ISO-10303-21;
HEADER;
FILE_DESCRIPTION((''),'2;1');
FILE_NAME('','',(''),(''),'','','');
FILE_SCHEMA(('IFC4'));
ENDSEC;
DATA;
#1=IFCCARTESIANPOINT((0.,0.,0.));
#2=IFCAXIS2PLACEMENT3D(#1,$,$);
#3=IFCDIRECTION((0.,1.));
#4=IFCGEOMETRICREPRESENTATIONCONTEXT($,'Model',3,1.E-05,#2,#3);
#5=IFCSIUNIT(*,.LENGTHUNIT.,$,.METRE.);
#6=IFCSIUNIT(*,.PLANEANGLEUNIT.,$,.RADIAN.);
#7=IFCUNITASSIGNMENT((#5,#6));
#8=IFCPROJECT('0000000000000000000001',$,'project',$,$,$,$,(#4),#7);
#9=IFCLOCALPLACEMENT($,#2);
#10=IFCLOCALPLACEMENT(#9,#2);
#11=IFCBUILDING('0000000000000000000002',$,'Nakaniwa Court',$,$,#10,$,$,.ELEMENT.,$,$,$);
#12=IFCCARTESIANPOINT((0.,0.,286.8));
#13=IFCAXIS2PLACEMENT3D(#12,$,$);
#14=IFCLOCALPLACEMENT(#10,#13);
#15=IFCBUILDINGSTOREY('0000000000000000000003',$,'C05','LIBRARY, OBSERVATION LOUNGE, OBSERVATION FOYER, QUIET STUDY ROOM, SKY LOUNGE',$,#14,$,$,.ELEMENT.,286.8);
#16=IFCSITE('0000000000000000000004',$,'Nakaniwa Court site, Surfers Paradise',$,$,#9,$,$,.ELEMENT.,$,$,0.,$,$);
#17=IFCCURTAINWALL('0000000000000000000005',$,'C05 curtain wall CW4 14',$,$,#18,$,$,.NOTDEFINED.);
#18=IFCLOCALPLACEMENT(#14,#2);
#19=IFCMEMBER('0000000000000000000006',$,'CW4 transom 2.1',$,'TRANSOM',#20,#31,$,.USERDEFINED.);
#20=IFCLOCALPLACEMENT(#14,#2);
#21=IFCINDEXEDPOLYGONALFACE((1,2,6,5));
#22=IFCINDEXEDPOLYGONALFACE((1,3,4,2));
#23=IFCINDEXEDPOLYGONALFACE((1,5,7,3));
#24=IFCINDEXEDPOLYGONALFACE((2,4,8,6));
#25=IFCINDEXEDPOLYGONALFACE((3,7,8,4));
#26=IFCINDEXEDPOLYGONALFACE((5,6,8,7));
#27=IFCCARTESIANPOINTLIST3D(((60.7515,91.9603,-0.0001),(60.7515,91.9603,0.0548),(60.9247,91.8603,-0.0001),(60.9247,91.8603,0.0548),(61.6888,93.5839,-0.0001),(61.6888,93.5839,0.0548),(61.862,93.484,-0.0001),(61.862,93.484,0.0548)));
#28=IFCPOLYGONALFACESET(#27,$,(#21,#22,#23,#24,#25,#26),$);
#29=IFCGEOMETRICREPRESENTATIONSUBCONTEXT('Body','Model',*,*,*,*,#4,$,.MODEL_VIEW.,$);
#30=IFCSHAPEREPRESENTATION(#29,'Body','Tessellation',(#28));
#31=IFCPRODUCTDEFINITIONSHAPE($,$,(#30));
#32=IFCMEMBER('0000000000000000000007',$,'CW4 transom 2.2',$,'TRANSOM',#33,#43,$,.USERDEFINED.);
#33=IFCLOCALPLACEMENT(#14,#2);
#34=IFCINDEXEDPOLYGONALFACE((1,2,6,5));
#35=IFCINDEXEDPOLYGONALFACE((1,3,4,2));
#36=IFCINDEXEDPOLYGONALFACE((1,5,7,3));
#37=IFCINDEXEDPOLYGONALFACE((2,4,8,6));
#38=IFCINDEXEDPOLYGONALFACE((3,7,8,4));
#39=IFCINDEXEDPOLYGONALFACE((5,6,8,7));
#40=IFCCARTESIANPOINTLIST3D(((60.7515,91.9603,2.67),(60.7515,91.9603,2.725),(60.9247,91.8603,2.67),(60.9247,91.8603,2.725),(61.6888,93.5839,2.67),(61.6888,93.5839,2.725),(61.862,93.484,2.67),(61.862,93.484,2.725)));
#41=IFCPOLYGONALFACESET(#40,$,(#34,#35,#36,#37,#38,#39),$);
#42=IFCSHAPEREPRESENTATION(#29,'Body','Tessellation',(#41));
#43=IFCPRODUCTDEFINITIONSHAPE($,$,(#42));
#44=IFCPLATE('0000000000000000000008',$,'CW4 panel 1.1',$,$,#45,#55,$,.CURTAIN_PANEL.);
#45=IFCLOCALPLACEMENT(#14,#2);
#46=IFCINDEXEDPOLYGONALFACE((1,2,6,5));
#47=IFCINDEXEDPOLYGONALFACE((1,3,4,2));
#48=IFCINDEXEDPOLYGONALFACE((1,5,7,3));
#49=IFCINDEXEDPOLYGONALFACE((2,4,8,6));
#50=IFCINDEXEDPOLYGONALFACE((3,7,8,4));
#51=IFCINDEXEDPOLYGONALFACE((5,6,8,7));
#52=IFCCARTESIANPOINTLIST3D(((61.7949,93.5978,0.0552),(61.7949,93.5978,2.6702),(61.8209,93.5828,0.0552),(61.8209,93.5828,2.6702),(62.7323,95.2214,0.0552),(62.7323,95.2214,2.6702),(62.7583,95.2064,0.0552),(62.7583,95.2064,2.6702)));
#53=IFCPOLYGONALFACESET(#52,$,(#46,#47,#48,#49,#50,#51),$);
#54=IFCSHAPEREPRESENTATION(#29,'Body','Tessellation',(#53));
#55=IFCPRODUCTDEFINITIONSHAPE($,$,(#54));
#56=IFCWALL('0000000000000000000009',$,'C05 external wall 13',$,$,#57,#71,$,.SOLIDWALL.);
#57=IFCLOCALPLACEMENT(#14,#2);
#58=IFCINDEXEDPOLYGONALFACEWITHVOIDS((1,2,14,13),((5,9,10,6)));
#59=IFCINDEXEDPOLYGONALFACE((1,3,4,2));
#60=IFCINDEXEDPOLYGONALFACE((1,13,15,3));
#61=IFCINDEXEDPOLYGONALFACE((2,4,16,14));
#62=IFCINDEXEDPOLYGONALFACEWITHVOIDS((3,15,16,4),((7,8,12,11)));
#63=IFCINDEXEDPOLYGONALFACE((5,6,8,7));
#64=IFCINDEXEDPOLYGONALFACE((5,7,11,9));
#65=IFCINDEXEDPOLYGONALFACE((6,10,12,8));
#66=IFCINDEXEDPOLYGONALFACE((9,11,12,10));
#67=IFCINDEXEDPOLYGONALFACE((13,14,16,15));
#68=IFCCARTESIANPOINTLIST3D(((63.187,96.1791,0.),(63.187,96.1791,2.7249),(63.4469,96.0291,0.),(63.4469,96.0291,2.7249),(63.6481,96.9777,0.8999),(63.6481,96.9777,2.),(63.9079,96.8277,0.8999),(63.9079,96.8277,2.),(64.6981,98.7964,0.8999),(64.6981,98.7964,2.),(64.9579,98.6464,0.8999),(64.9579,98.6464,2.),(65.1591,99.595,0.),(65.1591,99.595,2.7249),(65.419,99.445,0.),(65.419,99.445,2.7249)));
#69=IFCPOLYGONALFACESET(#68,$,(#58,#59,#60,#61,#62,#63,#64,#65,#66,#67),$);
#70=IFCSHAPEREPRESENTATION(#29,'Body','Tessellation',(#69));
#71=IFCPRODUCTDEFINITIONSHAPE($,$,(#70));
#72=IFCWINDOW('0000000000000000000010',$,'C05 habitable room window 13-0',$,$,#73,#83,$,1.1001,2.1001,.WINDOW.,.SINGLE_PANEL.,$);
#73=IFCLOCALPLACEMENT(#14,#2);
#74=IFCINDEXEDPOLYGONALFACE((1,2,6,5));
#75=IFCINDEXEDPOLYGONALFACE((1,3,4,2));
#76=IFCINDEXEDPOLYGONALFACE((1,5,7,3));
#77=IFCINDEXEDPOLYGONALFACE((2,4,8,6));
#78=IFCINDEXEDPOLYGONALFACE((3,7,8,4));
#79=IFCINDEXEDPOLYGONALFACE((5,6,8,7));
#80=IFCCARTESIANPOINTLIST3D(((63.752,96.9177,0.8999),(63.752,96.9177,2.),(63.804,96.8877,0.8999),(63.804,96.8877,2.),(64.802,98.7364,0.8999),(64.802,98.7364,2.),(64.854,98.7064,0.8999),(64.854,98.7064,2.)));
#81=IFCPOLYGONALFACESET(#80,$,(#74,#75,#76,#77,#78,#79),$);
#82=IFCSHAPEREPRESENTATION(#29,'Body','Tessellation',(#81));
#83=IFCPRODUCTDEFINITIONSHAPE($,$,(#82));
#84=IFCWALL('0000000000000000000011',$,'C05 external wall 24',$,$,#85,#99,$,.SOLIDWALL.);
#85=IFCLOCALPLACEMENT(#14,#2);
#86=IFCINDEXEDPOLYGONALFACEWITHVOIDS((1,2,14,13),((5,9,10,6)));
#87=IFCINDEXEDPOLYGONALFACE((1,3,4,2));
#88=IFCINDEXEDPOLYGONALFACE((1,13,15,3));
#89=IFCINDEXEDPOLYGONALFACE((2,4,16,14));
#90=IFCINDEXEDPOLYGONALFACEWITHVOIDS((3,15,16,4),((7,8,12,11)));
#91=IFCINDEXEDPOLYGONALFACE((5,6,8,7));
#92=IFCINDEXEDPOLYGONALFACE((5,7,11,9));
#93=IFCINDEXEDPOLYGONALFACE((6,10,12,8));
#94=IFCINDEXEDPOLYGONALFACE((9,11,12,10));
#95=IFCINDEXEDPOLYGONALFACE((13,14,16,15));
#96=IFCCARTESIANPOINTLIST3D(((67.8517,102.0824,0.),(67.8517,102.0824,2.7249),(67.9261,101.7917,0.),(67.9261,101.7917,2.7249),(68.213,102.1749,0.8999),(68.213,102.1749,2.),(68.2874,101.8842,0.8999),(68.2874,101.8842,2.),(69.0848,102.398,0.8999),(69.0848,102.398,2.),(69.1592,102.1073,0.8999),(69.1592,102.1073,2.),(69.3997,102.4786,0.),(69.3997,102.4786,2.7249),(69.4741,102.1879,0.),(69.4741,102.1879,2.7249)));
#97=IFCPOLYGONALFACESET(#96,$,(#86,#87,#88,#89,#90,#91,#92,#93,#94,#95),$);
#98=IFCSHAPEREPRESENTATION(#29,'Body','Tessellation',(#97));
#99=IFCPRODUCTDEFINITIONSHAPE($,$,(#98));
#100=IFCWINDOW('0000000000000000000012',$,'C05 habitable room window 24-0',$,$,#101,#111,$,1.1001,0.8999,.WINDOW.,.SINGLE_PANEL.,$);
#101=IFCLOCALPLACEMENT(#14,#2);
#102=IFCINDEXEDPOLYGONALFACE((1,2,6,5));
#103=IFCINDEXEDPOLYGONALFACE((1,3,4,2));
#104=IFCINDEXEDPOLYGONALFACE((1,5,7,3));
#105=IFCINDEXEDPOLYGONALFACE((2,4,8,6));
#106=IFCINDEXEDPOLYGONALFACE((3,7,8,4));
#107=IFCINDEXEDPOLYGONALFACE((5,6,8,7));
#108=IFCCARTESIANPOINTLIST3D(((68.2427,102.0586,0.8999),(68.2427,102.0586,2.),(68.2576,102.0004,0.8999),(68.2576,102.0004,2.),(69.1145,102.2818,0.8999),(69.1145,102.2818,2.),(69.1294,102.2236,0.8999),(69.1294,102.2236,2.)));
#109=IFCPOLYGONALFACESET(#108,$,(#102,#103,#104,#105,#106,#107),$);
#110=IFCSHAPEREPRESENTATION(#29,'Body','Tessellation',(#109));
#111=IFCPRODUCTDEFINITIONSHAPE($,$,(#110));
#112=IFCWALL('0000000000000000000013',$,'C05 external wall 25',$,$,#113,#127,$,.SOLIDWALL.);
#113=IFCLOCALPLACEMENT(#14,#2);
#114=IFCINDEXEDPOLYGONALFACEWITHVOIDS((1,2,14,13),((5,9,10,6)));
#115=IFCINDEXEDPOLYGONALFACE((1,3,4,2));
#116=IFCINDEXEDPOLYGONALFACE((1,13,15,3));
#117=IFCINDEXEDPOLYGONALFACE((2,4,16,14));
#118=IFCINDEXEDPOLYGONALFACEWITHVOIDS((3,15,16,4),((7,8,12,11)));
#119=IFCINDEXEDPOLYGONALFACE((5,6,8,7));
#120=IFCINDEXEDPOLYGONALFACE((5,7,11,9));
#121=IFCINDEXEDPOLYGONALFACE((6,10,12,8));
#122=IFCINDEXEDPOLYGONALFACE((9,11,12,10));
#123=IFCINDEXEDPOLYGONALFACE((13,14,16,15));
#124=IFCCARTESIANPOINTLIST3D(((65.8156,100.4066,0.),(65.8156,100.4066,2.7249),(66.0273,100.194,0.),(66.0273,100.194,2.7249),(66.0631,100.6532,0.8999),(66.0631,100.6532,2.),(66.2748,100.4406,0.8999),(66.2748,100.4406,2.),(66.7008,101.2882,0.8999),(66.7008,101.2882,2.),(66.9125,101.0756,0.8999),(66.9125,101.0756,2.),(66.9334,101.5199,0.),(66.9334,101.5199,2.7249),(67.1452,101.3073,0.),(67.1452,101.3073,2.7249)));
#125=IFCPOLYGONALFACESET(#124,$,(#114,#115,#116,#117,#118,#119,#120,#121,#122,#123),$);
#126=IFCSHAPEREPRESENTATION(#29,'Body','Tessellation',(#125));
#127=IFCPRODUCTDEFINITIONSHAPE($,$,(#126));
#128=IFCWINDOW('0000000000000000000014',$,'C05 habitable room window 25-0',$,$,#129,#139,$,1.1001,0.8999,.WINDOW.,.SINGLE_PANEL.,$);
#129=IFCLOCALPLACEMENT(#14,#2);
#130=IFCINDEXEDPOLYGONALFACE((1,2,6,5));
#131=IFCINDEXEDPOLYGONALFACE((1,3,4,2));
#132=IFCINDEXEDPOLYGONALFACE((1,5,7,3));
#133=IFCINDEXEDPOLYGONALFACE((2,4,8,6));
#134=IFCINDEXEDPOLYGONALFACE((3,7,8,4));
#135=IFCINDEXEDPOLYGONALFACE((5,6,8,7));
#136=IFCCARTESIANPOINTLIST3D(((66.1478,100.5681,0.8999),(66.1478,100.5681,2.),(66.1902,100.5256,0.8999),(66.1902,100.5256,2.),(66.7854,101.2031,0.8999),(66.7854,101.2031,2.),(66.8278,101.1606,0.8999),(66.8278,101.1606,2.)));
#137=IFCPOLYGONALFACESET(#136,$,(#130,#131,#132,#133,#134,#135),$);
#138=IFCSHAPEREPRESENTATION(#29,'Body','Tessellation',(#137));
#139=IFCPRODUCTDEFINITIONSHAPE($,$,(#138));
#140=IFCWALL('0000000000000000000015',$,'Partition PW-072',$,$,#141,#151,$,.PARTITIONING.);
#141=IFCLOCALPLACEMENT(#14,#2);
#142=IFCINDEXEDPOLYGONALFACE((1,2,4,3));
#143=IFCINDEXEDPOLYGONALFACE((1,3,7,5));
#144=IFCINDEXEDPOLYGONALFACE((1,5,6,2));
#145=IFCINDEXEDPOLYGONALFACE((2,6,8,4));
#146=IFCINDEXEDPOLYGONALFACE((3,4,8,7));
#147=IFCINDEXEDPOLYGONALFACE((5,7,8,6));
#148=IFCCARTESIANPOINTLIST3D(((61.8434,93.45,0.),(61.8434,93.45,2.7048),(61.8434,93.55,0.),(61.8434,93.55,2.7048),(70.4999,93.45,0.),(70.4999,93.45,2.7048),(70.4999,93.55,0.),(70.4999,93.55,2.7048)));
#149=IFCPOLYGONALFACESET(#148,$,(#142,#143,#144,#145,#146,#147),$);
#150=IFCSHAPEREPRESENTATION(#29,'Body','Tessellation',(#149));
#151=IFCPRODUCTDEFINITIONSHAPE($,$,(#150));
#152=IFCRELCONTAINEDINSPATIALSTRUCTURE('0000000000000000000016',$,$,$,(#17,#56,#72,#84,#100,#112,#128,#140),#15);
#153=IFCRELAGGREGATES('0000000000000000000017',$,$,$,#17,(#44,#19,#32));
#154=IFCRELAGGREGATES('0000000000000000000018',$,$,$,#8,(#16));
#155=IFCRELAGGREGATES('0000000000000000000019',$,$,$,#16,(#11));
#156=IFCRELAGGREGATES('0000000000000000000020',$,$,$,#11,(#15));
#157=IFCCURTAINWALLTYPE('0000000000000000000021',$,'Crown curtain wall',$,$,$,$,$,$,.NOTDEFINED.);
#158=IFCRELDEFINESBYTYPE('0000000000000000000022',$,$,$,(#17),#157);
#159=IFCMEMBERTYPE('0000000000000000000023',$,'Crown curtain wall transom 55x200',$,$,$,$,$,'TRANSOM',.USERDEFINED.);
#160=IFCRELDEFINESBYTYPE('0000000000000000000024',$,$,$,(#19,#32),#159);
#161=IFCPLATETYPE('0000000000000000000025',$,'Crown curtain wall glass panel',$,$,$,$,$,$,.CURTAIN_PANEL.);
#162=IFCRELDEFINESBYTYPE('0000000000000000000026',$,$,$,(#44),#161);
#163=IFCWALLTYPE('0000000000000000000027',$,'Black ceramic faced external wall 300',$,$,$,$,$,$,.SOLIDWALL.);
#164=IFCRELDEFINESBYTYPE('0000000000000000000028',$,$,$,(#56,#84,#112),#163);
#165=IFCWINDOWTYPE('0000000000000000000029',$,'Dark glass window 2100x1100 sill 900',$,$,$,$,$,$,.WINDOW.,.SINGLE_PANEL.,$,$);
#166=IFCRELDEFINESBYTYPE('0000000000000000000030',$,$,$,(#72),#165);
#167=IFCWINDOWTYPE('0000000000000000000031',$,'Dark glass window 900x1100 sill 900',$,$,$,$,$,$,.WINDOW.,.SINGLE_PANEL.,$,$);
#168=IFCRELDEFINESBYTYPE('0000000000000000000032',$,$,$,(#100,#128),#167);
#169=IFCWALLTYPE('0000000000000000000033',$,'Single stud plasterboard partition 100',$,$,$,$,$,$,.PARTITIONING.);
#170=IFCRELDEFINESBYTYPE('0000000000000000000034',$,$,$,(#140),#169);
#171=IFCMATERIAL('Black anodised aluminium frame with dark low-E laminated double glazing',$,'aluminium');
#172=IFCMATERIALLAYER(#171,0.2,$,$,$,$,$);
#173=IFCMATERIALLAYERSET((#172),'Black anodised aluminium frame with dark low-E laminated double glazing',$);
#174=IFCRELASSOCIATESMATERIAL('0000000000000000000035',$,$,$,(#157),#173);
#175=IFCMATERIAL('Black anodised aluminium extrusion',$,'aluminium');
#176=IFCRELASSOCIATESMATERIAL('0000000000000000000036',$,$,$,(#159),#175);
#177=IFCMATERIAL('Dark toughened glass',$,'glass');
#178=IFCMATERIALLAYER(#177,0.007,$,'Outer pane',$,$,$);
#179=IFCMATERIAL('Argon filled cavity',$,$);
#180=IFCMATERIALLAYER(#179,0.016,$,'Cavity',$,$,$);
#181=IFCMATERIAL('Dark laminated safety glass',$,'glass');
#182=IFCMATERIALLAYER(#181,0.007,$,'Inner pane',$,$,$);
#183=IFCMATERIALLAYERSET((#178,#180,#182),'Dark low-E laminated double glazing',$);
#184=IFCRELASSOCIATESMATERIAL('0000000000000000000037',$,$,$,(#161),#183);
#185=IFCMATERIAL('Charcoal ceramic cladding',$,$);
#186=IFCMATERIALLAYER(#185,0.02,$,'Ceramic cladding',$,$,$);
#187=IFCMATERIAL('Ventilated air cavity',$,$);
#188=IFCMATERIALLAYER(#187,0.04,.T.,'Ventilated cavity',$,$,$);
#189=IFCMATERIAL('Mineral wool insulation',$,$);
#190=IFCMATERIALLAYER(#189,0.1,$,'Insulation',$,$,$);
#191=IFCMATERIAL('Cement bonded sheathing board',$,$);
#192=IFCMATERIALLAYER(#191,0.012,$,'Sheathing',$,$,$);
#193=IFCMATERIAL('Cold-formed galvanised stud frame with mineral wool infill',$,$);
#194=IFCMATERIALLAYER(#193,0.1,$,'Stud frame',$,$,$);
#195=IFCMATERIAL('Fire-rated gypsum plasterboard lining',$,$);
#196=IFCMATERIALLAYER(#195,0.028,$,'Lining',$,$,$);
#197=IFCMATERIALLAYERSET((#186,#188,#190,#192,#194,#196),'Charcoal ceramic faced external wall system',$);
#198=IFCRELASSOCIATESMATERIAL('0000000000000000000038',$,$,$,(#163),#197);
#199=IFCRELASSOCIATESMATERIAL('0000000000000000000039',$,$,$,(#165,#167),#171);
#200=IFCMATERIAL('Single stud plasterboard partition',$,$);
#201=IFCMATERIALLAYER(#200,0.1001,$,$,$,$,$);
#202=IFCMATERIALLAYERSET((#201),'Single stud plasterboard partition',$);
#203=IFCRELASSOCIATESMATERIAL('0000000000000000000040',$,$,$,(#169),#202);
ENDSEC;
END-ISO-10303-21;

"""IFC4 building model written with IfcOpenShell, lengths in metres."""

from ifc_helpers import new_model, si_unit, direction, frame, frame_2d, origin, origin_2d, place, context, subcontext, project, spatial, rectangle, extrude, material, layer, layer_set, material_profile, profile_set, type_object, element, fill, aggregate, save


model = new_model("IFC4")

# Units and contexts
model_context = context("Model", 3, precision=1e-05, world=origin(), true_north=direction((0.0, 1.0)))
body_context = subcontext(model_context, "Body", "Model", "MODEL_VIEW")
ifc_project = project(units=[si_unit("LENGTHUNIT", "METRE"), si_unit("PLANEANGLEUNIT", "RADIAN")], contexts=[model_context])

# Site, building, storey
site_placement = place(None, origin())
site = spatial("IfcSite", under=ifc_project, at=site_placement, Name="Nakaniwa Court site, Surfers Paradise", CompositionType="ELEMENT", RefElevation=0.0)
building_placement = place(site_placement, origin())
building = spatial("IfcBuilding", under=site, at=building_placement, Name="Nakaniwa Court", CompositionType="ELEMENT")
storey_placement = place(building_placement, frame((0.0, 0.0, 286.8)))
storey = spatial("IfcBuildingStorey", under=building, at=storey_placement, Name="C05", Description="LIBRARY, OBSERVATION LOUNGE, OBSERVATION FOYER, QUIET STUDY ROOM, SKY LOUNGE", CompositionType="ELEMENT", Elevation=286.8)

# Curtain wall, members, plate
ifc_material_1 = material(Name="Black anodised aluminium frame with dark low-E laminated double glazing", Category="aluminium")
ifc_layer_1 = layer(ifc_material_1, 0.2)
ifc_layer_set_1 = layer_set([ifc_layer_1], Name="Black anodised aluminium frame with dark low-E laminated double glazing")
curtain_wall_type = type_object("IfcCurtainWallType", Name="Crown curtain wall", PredefinedType="NOTDEFINED", material=ifc_layer_set_1)
curtain_wall_placement = place(storey_placement, origin())
curtain_wall = element("IfcCurtainWall", 1, at=curtain_wall_placement, inside=storey, type_object=curtain_wall_type, Name="C05 curtain wall CW4 14", PredefinedType="NOTDEFINED")
ifc_material_2 = material(Name="Black anodised aluminium extrusion", Category="aluminium")
ifc_material_profile_1 = material_profile(ifc_material_2, rectangle(XDim=0.2, YDim=0.0549, at=origin_2d()), Name="Crown curtain wall transom 55x200")
ifc_profile_set_1 = profile_set([ifc_material_profile_1], Name="Black anodised aluminium extrusion")
member_type_1 = type_object("IfcMemberType", Name="Crown curtain wall transom 55x200", ElementType="TRANSOM", PredefinedType="USERDEFINED", material=ifc_profile_set_1)
member_1_placement = place(storey_placement, frame((61.7754, 93.5339, 0.0273), z_axis=(-0.499963, -0.866047, 0.0), x_axis=(0.866047, -0.499963, 0.0)))
member_1 = element("IfcMember", 2, at=member_1_placement, type_object=member_type_1, Name="CW4 transom 2.1", ObjectType="TRANSOM", PredefinedType="USERDEFINED", context=body_context, shape_type="SweptSolid", body=[
    extrude(rectangle(XDim=0.2, YDim=0.0549, at=origin_2d()), origin(), (0.0, 0.0, 1.0), 1.8748),
])
member_2_placement = place(storey_placement, frame((61.7754, 93.5339, 2.6975), z_axis=(-0.499963, -0.866047, 0.0), x_axis=(0.866047, -0.499963, 0.0)))
member_2 = element("IfcMember", 3, at=member_2_placement, type_object=member_type_1, Name="CW4 transom 2.2", ObjectType="TRANSOM", PredefinedType="USERDEFINED", context=body_context, shape_type="SweptSolid", body=[
    extrude(rectangle(XDim=0.2, YDim=0.0549, at=origin_2d()), origin(), (0.0, 0.0, 1.0), 1.8748),
])
ifc_material_3 = material(Name="Dark toughened glass", Category="glass")
ifc_layer_2 = layer(ifc_material_3, 0.007, Name="Outer pane")
ifc_material_4 = material(Name="Argon filled cavity")
ifc_layer_3 = layer(ifc_material_4, 0.016, Name="Cavity")
ifc_material_5 = material(Name="Dark laminated safety glass", Category="glass")
ifc_layer_4 = layer(ifc_material_5, 0.007, Name="Inner pane")
ifc_layer_set_2 = layer_set([ifc_layer_2, ifc_layer_3, ifc_layer_4], Name="Dark low-E laminated double glazing")
plate_type = type_object("IfcPlateType", Name="Crown curtain wall glass panel", PredefinedType="CURTAIN_PANEL", material=ifc_layer_set_2)
plate_placement = place(storey_placement, frame((62.2766, 94.4021, 0.0552), z_axis=(0.0, 0.0, 1.0), x_axis=(-0.499987, -0.866033, 0.0)))
plate = element("IfcPlate", 4, at=plate_placement, type_object=plate_type, Name="CW4 panel 1.1", PredefinedType="CURTAIN_PANEL", context=body_context, shape_type="SweptSolid", body=[
    extrude(rectangle(XDim=1.8748, YDim=0.03, at=origin_2d()), origin(), (0.0, 0.0, 1.0), 2.615),
])
aggregate(curtain_wall, [plate, member_1, member_2])

# Walls, openings, windows
ifc_material_6 = material(Name="Charcoal ceramic cladding")
ifc_layer_5 = layer(ifc_material_6, 0.02, Name="Ceramic cladding")
ifc_material_7 = material(Name="Ventilated air cavity")
ifc_layer_6 = layer(ifc_material_7, 0.04, ventilated=True, Name="Ventilated cavity")
ifc_material_8 = material(Name="Mineral wool insulation")
ifc_layer_7 = layer(ifc_material_8, 0.1, Name="Insulation")
ifc_material_9 = material(Name="Cement bonded sheathing board")
ifc_layer_8 = layer(ifc_material_9, 0.012, Name="Sheathing")
ifc_material_10 = material(Name="Cold-formed galvanised stud frame with mineral wool infill")
ifc_layer_9 = layer(ifc_material_10, 0.1, Name="Stud frame")
ifc_material_11 = material(Name="Fire-rated gypsum plasterboard lining")
ifc_layer_10 = layer(ifc_material_11, 0.028, Name="Lining")
ifc_layer_set_3 = layer_set([ifc_layer_5, ifc_layer_6, ifc_layer_7, ifc_layer_8, ifc_layer_9, ifc_layer_10], Name="Charcoal ceramic faced external wall system")
wall_type_1 = type_object("IfcWallType", Name="Black ceramic faced external wall 300", PredefinedType="SOLIDWALL", material=ifc_layer_set_3)
wall_1_placement = place(storey_placement, frame((65.2891, 99.52, 0.0), z_axis=(0.0, 0.0, 1.0), x_axis=(-0.499987, -0.866033, 0.0)))
wall_1 = element("IfcWall", 5, at=wall_1_placement, inside=storey, type_object=wall_type_1, Name="C05 external wall 13", PredefinedType="SOLIDWALL", context=body_context, shape_type="SweptSolid", body=[
    extrude(rectangle(XDim=3.9443, YDim=0.3, at=frame_2d((1.9722, 0.0))), origin(), (0.0, 0.0, 1.0), 2.7249),
])
opening_1_placement = place(wall_1_placement, frame((0.9221, 0.0, 0.8999)))
opening_1 = element("IfcOpeningElement", 6, at=opening_1_placement, cuts=wall_1, PredefinedType="OPENING", context=body_context, shape_type="SweptSolid", body=[
    extrude(rectangle(XDim=2.1001, YDim=1.1001, at=frame_2d((1.05, 0.55))), frame((0.0, 0.1599, 0.0), z_axis=(0.0, -1.0, 0.0), x_axis=(1.0, 0.0, 0.0)), (0.0, 0.0, 1.0), 0.3201),
])
window_type_1 = type_object("IfcWindowType", Name="Dark glass window 2100x1100 sill 900", PartitioningType="SINGLE_PANEL", PredefinedType="WINDOW", material=ifc_material_1)
window_1_placement = place(opening_1_placement, origin())
window_1 = element("IfcWindow", 7, at=window_1_placement, inside=storey, type_object=window_type_1, Name="C05 habitable room window 13-0", OverallHeight=1.1001, OverallWidth=2.1001, PartitioningType="SINGLE_PANEL", PredefinedType="WINDOW", context=body_context, shape_type="SweptSolid", body=[
    extrude(rectangle(XDim=2.1001, YDim=1.1001, at=frame_2d((1.05, 0.55))), frame((0.0, 0.03, 0.0), z_axis=(0.0, -1.0, 0.0), x_axis=(1.0, 0.0, 0.0)), (0.0, 0.0, 1.0), 0.0601),
])
fill(opening_1, window_1)
wall_2_placement = place(storey_placement, frame((69.4368, 102.3333, 0.0), z_axis=(0.0, 0.0, 1.0), x_axis=(-0.96877, -0.24796, 0.0)))
wall_2 = element("IfcWall", 8, at=wall_2_placement, inside=storey, type_object=wall_type_1, Name="C05 external wall 24", PredefinedType="SOLIDWALL", context=body_context, shape_type="SweptSolid", body=[
    extrude(rectangle(XDim=1.5979, YDim=0.3, at=frame_2d((0.7988, 0.0))), origin(), (0.0, 0.0, 1.0), 2.7249),
])
opening_2_placement = place(wall_2_placement, frame((0.325, 0.0, 0.8999)))
opening_2 = element("IfcOpeningElement", 9, at=opening_2_placement, cuts=wall_2, PredefinedType="OPENING", context=body_context, shape_type="SweptSolid", body=[
    extrude(rectangle(XDim=0.8999, YDim=1.1001, at=frame_2d((0.45, 0.55))), frame((0.0, 0.1599, 0.0), z_axis=(0.0, -1.0, 0.0), x_axis=(1.0, 0.0, 0.0)), (0.0, 0.0, 1.0), 0.3201),
])
window_type_2 = type_object("IfcWindowType", Name="Dark glass window 900x1100 sill 900", PartitioningType="SINGLE_PANEL", PredefinedType="WINDOW", material=ifc_material_1)
window_2_placement = place(opening_2_placement, origin())
window_2 = element("IfcWindow", 10, at=window_2_placement, inside=storey, type_object=window_type_2, Name="C05 habitable room window 24-0", OverallHeight=1.1001, OverallWidth=0.8999, PartitioningType="SINGLE_PANEL", PredefinedType="WINDOW", context=body_context, shape_type="SweptSolid", body=[
    extrude(rectangle(XDim=0.8999, YDim=1.1001, at=frame_2d((0.45, 0.55))), frame((0.0, 0.03, 0.0), z_axis=(0.0, -1.0, 0.0), x_axis=(1.0, 0.0, 0.0)), (0.0, 0.0, 1.0), 0.0601),
])
fill(opening_2, window_2)
wall_3_placement = place(storey_placement, frame((67.0393, 101.4136, 0.0), z_axis=(0.0, 0.0, 1.0), x_axis=(-0.708575, -0.705635, 0.0)))
wall_3 = element("IfcWall", 11, at=wall_3_placement, inside=storey, type_object=wall_type_1, Name="C05 external wall 25", PredefinedType="SOLIDWALL", context=body_context, shape_type="SweptSolid", body=[
    extrude(rectangle(XDim=1.5776, YDim=0.3, at=frame_2d((0.7888, 0.0))), origin(), (0.0, 0.0, 1.0), 2.7249),
])
opening_3_placement = place(wall_3_placement, frame((0.3284, 0.0, 0.8999)))
opening_3 = element("IfcOpeningElement", 12, at=opening_3_placement, cuts=wall_3, PredefinedType="OPENING", context=body_context, shape_type="SweptSolid", body=[
    extrude(rectangle(XDim=0.8999, YDim=1.1001, at=frame_2d((0.45, 0.55))), frame((0.0, 0.1599, 0.0), z_axis=(0.0, -1.0, 0.0), x_axis=(1.0, 0.0, 0.0)), (0.0, 0.0, 1.0), 0.3201),
])
window_3_placement = place(opening_3_placement, origin())
window_3 = element("IfcWindow", 13, at=window_3_placement, inside=storey, type_object=window_type_2, Name="C05 habitable room window 25-0", OverallHeight=1.1001, OverallWidth=0.8999, PartitioningType="SINGLE_PANEL", PredefinedType="WINDOW", context=body_context, shape_type="SweptSolid", body=[
    extrude(rectangle(XDim=0.8999, YDim=1.1001, at=frame_2d((0.45, 0.55))), frame((0.0, 0.03, 0.0), z_axis=(0.0, -1.0, 0.0), x_axis=(1.0, 0.0, 0.0)), (0.0, 0.0, 1.0), 0.0601),
])
fill(opening_3, window_3)

# Wall
ifc_material_12 = material(Name="Single stud plasterboard partition")
ifc_layer_11 = layer(ifc_material_12, 0.1001)
ifc_layer_set_4 = layer_set([ifc_layer_11], Name="Single stud plasterboard partition")
wall_type_2 = type_object("IfcWallType", Name="Single stud plasterboard partition 100", PredefinedType="PARTITIONING", material=ifc_layer_set_4)
wall_4_placement = place(storey_placement, frame((61.8435, 93.5, 0.0), z_axis=(0.0, 0.0, 1.0), x_axis=(1.0, 0.0, 0.0)))
element("IfcWall", 14, at=wall_4_placement, inside=storey, type_object=wall_type_2, Name="Partition PW-072", PredefinedType="PARTITIONING", context=body_context, shape_type="SweptSolid", body=[
    extrude(rectangle(XDim=8.6565, YDim=0.1001, at=frame_2d((4.3281, 0.0))), origin(), (0.0, 0.0, 1.0), 2.7048),
])

save(model, "model.ifc")
